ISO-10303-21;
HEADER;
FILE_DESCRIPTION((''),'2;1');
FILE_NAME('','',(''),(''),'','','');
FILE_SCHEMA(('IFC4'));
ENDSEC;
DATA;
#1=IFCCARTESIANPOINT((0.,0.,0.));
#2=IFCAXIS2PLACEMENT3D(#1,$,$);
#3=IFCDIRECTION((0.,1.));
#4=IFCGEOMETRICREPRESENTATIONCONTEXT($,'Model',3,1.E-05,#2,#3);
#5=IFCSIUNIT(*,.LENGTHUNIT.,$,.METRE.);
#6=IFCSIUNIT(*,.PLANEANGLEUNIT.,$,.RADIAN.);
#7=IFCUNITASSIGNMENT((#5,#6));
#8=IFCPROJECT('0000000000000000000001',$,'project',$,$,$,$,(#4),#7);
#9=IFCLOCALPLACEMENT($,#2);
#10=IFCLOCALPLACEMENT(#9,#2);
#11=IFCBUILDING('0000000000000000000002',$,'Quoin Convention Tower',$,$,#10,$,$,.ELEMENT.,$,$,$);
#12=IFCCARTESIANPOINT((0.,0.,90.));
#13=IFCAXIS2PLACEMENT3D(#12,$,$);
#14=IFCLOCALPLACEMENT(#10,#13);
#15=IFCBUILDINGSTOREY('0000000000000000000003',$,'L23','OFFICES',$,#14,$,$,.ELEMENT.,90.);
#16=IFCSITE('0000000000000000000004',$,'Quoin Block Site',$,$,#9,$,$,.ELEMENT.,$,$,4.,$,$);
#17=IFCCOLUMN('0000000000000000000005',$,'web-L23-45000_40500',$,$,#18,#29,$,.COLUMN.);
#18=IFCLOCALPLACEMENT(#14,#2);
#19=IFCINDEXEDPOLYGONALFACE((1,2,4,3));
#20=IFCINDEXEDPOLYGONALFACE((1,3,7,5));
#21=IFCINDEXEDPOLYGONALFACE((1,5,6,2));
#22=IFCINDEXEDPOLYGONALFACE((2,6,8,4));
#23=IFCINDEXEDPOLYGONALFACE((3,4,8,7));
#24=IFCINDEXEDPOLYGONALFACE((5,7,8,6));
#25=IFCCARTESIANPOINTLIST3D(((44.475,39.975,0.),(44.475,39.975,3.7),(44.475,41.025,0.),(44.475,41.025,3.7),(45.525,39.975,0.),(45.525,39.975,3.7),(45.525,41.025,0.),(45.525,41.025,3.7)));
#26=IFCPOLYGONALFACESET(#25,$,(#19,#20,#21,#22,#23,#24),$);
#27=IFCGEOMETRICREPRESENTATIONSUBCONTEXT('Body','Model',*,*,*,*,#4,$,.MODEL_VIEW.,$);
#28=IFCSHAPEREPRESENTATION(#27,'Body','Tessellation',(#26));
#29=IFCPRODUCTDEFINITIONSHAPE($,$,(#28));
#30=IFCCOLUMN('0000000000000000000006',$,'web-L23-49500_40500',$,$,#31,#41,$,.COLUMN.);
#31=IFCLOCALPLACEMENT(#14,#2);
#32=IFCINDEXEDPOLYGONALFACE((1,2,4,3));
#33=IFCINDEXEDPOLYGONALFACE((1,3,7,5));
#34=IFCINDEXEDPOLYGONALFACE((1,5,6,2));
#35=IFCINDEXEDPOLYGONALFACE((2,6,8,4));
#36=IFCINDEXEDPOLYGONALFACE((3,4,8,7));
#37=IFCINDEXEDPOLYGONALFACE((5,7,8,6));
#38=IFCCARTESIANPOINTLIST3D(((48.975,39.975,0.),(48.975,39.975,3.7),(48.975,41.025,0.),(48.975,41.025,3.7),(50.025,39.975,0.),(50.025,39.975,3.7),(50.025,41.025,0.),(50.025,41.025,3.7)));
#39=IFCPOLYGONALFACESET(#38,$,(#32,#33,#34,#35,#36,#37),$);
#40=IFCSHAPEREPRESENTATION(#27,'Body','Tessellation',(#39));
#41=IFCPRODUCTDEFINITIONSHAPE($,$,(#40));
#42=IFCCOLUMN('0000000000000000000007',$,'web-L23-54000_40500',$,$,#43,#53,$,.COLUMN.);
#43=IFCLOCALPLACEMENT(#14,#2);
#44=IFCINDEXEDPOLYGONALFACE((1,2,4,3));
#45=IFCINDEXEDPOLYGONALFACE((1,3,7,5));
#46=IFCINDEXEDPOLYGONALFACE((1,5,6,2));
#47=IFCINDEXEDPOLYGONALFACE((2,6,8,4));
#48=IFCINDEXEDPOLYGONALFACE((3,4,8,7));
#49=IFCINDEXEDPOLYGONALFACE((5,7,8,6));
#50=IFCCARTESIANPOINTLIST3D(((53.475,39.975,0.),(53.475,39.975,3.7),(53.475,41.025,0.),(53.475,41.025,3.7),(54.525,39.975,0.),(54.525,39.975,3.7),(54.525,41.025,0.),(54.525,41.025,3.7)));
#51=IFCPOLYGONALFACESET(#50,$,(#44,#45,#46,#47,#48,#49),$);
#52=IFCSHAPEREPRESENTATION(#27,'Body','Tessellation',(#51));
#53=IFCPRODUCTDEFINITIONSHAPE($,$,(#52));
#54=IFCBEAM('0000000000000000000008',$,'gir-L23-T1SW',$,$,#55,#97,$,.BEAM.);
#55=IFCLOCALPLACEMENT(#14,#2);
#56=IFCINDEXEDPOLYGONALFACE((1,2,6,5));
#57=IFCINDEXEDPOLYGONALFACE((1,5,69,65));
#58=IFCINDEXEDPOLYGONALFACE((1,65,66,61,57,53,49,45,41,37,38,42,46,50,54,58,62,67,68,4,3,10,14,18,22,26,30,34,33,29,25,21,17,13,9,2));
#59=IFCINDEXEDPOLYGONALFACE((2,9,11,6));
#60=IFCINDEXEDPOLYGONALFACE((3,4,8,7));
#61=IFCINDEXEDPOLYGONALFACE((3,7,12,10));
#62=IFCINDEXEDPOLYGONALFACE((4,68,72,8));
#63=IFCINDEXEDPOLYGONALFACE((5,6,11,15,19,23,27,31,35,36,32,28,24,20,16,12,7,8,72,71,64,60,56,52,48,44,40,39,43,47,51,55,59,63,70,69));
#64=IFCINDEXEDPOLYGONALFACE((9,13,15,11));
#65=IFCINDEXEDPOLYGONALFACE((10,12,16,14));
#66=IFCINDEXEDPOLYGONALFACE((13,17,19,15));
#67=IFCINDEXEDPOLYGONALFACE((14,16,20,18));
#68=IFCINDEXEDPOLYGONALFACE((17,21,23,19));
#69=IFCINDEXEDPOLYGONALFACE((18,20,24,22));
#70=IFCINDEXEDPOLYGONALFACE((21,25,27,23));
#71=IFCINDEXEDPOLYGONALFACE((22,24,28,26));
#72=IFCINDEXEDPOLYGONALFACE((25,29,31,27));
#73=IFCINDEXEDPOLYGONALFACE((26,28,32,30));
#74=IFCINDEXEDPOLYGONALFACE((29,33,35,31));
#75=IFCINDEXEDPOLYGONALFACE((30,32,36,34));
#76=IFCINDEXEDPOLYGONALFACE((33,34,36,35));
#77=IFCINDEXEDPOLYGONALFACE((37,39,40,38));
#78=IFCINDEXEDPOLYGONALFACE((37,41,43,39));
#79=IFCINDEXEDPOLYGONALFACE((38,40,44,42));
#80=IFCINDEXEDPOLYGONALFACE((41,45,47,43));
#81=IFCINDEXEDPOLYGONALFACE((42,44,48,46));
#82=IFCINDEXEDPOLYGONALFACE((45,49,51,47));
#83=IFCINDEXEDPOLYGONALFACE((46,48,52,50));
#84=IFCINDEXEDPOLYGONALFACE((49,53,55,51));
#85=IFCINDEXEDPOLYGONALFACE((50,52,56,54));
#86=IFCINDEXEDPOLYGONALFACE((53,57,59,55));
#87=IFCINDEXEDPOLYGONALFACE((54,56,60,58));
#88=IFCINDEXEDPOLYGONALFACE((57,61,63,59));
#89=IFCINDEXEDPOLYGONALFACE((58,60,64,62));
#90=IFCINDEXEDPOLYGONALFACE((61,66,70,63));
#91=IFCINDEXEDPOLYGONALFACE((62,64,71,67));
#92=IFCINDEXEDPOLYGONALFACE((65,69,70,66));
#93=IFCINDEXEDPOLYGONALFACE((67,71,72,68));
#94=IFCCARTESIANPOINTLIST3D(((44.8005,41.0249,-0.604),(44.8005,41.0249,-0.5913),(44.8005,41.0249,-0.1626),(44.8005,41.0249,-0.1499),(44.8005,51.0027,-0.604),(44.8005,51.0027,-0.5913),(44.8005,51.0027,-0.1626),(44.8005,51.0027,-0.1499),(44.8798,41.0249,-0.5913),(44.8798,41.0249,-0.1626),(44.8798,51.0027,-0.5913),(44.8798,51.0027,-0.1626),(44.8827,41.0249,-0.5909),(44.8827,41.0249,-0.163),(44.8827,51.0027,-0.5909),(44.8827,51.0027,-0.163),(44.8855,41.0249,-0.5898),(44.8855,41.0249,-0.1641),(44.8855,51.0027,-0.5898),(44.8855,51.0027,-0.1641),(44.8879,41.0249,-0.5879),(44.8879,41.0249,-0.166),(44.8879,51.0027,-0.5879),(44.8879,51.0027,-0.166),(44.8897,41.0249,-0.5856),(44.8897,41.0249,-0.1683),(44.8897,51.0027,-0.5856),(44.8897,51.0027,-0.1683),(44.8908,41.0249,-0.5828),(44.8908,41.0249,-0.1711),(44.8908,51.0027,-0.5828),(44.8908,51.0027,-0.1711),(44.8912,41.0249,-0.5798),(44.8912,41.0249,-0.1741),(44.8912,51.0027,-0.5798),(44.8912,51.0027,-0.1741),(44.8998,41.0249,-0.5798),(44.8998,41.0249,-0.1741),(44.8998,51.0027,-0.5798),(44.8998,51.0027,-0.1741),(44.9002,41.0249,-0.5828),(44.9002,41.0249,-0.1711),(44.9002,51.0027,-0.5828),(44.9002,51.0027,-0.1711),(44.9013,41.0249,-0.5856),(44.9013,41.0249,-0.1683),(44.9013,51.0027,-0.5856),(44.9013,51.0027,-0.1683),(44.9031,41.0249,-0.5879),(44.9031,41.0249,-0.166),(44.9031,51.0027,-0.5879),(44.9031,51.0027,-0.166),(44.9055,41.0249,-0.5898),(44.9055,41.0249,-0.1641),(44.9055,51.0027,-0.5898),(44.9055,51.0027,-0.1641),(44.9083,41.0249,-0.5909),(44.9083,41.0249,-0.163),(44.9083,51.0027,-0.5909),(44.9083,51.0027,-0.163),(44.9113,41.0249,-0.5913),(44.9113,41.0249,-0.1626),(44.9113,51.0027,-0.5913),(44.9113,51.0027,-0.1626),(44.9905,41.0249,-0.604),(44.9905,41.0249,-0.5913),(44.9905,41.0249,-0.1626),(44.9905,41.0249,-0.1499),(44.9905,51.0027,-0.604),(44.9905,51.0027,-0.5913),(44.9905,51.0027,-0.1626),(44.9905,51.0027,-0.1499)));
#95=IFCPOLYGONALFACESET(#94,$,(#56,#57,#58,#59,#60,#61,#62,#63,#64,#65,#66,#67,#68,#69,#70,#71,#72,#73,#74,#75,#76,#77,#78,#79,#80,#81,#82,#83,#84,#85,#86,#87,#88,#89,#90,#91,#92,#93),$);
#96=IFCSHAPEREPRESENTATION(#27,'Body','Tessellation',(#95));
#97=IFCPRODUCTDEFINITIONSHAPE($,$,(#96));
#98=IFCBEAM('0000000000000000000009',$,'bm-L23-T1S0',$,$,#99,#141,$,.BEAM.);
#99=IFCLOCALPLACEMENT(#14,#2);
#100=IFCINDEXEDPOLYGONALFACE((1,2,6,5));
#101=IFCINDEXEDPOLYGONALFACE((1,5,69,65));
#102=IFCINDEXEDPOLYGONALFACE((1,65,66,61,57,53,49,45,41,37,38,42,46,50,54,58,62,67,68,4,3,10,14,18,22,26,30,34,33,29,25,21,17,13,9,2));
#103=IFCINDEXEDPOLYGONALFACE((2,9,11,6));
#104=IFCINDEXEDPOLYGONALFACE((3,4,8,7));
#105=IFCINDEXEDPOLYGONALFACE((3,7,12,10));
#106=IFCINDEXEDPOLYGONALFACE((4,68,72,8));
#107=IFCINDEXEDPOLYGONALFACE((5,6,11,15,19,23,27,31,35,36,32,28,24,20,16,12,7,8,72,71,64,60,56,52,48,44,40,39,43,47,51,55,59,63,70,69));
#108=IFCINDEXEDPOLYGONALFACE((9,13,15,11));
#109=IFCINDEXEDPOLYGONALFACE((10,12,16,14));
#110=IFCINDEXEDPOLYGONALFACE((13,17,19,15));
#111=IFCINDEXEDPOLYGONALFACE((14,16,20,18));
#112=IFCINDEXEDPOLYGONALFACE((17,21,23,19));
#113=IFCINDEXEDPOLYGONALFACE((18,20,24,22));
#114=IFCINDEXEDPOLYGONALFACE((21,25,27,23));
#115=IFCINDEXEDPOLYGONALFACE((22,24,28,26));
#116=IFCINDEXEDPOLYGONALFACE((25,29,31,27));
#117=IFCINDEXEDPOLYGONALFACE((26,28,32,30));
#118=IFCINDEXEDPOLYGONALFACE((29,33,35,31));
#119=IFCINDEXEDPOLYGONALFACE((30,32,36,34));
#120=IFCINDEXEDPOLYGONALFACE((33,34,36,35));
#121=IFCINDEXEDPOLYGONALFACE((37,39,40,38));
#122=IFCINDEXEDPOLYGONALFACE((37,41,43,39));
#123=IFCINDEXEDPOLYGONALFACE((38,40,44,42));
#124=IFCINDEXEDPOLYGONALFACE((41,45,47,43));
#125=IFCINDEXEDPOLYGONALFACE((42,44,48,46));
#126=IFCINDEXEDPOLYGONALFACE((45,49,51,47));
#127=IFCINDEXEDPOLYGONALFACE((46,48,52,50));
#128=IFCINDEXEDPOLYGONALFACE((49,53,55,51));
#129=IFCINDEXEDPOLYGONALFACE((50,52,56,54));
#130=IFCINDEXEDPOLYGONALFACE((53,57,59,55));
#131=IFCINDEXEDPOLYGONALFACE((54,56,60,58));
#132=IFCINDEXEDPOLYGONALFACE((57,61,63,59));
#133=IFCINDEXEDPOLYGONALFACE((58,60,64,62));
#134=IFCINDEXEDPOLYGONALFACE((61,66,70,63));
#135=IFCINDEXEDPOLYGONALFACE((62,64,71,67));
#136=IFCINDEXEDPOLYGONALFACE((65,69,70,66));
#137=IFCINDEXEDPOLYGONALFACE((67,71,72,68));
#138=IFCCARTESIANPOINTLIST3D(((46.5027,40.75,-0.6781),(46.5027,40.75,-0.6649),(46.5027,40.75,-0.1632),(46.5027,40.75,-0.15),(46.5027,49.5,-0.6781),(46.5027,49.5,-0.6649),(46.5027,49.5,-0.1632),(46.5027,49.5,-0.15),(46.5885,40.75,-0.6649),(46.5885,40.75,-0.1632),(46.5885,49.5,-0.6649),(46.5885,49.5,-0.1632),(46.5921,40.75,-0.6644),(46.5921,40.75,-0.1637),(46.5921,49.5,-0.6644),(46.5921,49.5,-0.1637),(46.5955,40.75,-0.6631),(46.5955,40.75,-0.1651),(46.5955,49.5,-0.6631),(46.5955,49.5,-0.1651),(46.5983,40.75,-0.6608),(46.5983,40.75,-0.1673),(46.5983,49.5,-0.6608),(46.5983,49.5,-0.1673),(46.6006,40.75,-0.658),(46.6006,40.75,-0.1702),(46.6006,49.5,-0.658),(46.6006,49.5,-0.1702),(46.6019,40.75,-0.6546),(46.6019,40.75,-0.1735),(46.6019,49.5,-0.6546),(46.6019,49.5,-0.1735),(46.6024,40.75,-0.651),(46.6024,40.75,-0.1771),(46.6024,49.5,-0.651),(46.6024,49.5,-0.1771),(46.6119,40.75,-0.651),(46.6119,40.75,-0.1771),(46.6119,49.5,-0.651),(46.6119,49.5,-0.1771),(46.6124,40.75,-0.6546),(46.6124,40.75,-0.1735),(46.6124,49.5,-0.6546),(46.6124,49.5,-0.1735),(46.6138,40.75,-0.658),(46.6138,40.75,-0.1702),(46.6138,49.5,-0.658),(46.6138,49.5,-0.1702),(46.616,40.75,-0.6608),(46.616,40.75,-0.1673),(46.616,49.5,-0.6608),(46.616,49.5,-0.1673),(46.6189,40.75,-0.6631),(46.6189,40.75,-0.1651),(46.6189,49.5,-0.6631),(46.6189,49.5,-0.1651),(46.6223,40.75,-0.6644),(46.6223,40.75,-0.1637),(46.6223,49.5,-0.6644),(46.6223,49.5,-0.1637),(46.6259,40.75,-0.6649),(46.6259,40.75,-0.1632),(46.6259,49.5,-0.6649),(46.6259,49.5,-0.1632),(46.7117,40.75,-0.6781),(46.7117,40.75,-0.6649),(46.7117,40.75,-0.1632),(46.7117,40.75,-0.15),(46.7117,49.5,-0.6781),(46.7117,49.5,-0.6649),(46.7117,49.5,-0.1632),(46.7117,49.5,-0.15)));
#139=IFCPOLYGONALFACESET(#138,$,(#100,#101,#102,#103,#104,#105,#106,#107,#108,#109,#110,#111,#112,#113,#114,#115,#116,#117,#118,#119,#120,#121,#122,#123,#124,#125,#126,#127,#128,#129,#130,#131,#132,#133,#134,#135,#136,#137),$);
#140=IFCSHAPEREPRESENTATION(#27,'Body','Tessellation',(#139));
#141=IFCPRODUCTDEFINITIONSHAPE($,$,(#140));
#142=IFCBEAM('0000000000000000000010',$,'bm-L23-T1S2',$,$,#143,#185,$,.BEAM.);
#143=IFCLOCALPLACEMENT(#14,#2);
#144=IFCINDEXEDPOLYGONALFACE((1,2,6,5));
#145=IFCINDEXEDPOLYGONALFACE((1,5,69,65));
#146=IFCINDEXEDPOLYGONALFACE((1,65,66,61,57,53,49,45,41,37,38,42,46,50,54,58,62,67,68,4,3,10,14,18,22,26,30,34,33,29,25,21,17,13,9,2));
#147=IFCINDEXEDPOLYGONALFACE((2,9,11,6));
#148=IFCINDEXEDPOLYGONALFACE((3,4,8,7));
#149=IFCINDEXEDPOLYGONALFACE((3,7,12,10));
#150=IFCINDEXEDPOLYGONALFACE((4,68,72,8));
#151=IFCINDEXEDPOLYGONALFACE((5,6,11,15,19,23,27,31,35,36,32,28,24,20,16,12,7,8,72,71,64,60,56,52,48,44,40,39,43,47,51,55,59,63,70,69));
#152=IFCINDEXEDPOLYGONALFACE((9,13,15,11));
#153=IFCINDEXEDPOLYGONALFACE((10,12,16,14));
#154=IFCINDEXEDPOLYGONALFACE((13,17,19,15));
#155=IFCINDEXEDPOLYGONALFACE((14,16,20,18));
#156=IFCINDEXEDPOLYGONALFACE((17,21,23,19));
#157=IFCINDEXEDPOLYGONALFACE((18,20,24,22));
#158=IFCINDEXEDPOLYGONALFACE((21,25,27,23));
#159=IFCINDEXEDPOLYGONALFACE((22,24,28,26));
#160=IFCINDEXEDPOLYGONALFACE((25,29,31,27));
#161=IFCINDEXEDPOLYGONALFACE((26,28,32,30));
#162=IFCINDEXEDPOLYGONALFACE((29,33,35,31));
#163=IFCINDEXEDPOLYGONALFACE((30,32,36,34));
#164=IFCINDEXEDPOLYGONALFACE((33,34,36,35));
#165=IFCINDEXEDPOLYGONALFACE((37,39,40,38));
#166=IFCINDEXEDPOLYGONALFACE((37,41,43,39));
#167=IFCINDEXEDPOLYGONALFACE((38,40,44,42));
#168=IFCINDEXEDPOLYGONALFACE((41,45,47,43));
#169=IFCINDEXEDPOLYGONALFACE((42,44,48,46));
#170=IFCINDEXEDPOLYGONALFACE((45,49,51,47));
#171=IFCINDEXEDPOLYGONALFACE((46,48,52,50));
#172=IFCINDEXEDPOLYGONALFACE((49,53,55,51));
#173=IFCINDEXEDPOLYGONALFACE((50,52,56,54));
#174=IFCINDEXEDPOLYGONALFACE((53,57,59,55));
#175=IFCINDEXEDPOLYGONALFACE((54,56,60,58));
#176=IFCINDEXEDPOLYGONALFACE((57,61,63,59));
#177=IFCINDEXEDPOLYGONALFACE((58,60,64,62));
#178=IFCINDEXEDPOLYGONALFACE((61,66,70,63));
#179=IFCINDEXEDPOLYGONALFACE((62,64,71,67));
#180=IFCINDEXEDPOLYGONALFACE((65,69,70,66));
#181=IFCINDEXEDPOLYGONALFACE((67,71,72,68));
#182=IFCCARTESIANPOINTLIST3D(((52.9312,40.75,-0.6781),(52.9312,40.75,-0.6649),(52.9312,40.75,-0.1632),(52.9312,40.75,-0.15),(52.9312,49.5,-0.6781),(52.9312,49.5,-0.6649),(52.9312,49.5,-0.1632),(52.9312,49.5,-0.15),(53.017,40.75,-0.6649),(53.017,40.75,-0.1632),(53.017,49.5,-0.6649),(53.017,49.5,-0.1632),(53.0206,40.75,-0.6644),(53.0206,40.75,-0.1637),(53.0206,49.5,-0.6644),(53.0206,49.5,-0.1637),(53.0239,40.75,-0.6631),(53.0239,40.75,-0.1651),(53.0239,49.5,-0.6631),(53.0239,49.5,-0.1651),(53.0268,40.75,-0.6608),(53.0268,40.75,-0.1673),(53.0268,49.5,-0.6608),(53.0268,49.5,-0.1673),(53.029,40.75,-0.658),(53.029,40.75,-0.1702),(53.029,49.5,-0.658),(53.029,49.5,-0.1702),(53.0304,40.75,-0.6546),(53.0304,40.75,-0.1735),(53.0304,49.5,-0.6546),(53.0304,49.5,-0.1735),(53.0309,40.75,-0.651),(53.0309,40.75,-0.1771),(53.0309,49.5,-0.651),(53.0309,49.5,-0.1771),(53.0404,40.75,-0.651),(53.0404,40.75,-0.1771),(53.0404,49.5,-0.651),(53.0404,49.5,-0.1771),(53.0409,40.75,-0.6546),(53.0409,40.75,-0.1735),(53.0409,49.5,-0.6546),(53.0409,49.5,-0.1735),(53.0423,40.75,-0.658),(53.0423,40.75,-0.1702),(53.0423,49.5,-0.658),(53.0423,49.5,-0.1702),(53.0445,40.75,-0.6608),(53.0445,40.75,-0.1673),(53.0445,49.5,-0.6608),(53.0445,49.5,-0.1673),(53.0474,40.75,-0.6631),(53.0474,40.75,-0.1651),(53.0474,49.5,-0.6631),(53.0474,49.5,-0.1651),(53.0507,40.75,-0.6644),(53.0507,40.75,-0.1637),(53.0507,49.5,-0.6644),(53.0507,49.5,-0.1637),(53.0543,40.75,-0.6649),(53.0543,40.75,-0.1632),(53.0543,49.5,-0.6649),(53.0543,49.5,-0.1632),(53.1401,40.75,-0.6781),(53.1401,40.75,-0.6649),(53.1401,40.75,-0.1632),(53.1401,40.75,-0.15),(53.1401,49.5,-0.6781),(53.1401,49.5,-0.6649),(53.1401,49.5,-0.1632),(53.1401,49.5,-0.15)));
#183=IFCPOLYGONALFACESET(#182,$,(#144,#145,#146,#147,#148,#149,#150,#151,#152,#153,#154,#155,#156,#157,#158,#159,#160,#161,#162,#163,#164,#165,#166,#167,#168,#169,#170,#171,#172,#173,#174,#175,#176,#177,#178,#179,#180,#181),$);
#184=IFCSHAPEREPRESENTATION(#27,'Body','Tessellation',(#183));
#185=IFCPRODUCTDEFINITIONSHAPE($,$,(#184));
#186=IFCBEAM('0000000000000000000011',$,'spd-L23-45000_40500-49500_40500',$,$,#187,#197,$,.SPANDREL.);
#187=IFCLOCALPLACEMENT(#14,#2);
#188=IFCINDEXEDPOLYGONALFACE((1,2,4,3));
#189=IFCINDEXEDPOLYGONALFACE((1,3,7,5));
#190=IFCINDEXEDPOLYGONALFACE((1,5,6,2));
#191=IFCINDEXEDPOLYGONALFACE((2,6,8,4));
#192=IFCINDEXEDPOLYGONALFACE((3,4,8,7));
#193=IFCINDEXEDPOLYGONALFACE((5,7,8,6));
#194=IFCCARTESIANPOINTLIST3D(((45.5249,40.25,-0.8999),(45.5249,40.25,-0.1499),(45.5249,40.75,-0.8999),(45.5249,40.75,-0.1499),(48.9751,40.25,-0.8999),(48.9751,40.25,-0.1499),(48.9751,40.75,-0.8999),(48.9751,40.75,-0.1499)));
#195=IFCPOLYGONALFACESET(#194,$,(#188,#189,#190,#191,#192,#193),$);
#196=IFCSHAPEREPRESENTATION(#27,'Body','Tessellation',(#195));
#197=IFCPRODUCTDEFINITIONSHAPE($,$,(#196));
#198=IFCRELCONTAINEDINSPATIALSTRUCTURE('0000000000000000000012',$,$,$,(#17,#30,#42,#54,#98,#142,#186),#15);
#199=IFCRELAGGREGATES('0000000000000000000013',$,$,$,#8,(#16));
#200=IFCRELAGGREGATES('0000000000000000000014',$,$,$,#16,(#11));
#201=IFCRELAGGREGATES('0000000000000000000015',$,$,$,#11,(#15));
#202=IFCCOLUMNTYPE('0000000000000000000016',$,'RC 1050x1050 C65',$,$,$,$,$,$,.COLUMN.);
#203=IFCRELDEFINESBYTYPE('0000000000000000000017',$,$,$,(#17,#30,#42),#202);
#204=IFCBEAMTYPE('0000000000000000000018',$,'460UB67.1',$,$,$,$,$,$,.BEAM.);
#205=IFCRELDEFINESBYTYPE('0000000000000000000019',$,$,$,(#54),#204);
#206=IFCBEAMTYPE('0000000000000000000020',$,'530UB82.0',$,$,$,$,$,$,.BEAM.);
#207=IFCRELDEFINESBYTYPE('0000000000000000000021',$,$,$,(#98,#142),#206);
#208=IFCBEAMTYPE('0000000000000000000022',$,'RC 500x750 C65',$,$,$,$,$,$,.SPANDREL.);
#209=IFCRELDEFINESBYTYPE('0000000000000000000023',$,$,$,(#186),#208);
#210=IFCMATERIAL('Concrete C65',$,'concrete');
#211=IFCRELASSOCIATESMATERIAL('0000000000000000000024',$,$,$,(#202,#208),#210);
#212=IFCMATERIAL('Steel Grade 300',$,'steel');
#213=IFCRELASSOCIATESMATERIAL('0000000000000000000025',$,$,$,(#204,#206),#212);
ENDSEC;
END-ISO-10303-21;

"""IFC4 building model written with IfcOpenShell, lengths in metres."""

from ifc_helpers import new_model, si_unit, direction, frame, origin, origin_2d, place, context, subcontext, project, spatial, rectangle, i_section, extrude, material, material_profile, profile_set, type_object, element, save


model = new_model("IFC4")

# Units and contexts
model_context = context("Model", 3, precision=1e-05, world=origin(), true_north=direction((0.0, 1.0)))
body_context = subcontext(model_context, "Body", "Model", "MODEL_VIEW")
ifc_project = project(units=[si_unit("LENGTHUNIT", "METRE"), si_unit("PLANEANGLEUNIT", "RADIAN")], contexts=[model_context])

# Site, building, storey
site_placement = place(None, origin())
site = spatial("IfcSite", under=ifc_project, at=site_placement, Name="Quoin Block Site", CompositionType="ELEMENT", RefElevation=4.0)
building_placement = place(site_placement, origin())
building = spatial("IfcBuilding", under=site, at=building_placement, Name="Quoin Convention Tower", CompositionType="ELEMENT")
storey_placement = place(building_placement, frame((0.0, 0.0, 90.0)))
storey = spatial("IfcBuildingStorey", under=building, at=storey_placement, Name="L23", Description="OFFICES", CompositionType="ELEMENT", Elevation=90.0)

# Columns
ifc_material_1 = material(Name="Concrete C65", Category="concrete")
ifc_material_profile_1 = material_profile(ifc_material_1, rectangle(XDim=1.05, YDim=1.05, at=origin_2d()), Name="RC 1050x1050")
ifc_profile_set_1 = profile_set([ifc_material_profile_1], Name="Concrete C65")
column_type = type_object("IfcColumnType", Name="RC 1050x1050 C65", PredefinedType="COLUMN", material=ifc_profile_set_1)
for number, where, z_axis, x_axis, name in (
    (1, (45.0, 40.5, 0.0), (0.0, 0.0, 1.0), (1.0, 0.0, 0.0), "web-L23-45000_40500"),
    (2, (49.5, 40.5, 0.0), (0.0, 0.0, 1.0), (1.0, 0.0, 0.0), "web-L23-49500_40500"),
    (3, (54.0, 40.5, 0.0), (0.0, 0.0, 1.0), (1.0, 0.0, 0.0), "web-L23-54000_40500"),
):
    element("IfcColumn", number, at=place(storey_placement, frame(where, z_axis=z_axis, x_axis=x_axis)), inside=storey, type_object=column_type, Name=name, PredefinedType="COLUMN", context=body_context, shape_type="SweptSolid", body=[
        extrude(rectangle(XDim=1.05, YDim=1.05, at=origin_2d()), origin(), (0.0, 0.0, 1.0), 3.7),
    ])

# Beams
ifc_material_2 = material(Name="Steel Grade 300", Category="steel")
ifc_material_profile_2 = material_profile(ifc_material_2, i_section(OverallWidth=0.1899, OverallDepth=0.4541, WebThickness=0.0085, FlangeThickness=0.0127, FilletRadius=0.0115, at=origin_2d()), Name="460UB67.1")
ifc_profile_set_2 = profile_set([ifc_material_profile_2], Name="Steel Grade 300")
beam_type_1 = type_object("IfcBeamType", Name="460UB67.1", PredefinedType="BEAM", material=ifc_profile_set_2)
beam_placement = place(storey_placement, frame((44.8955, 41.0249, -0.377), z_axis=(0.0, 1.0, 0.0), x_axis=(-1.0, 0.0, 0.0)))
element("IfcBeam", 4, at=beam_placement, inside=storey, type_object=beam_type_1, Name="gir-L23-T1SW", PredefinedType="BEAM", context=body_context, shape_type="SweptSolid", body=[
    extrude(i_section(OverallWidth=0.1899, OverallDepth=0.4541, WebThickness=0.0085, FlangeThickness=0.0127, FilletRadius=0.0115, at=origin_2d()), origin(), (0.0, 0.0, 1.0), 9.9778),
])
ifc_material_profile_3 = material_profile(ifc_material_2, i_section(OverallWidth=0.209, OverallDepth=0.5281, WebThickness=0.0095, FlangeThickness=0.0132, FilletRadius=0.0139, at=origin_2d()), Name="530UB82.0")
ifc_profile_set_3 = profile_set([ifc_material_profile_3], Name="Steel Grade 300")
beam_type_2 = type_object("IfcBeamType", Name="530UB82.0", PredefinedType="BEAM", material=ifc_profile_set_3)
for number, where, z_axis, x_axis, name in (
    (5, (46.6072, 40.75, -0.4141), (0.0, 1.0, 0.0), (-1.0, 0.0, 0.0), "bm-L23-T1S0"),
    (6, (53.0356, 40.75, -0.4141), (0.0, 1.0, 0.0), (-1.0, 0.0, 0.0), "bm-L23-T1S2"),
):
    element("IfcBeam", number, at=place(storey_placement, frame(where, z_axis=z_axis, x_axis=x_axis)), inside=storey, type_object=beam_type_2, Name=name, PredefinedType="BEAM", context=body_context, shape_type="SweptSolid", body=[
        extrude(i_section(OverallWidth=0.209, OverallDepth=0.5281, WebThickness=0.0095, FlangeThickness=0.0132, FilletRadius=0.0139, at=origin_2d()), origin(), (0.0, 0.0, 1.0), 8.75),
    ])
ifc_material_profile_4 = material_profile(ifc_material_1, rectangle(XDim=0.5, YDim=0.75, at=origin_2d()), Name="RC 500x750")
ifc_profile_set_4 = profile_set([ifc_material_profile_4], Name="Concrete C65")
beam_type_3 = type_object("IfcBeamType", Name="RC 500x750 C65", PredefinedType="SPANDREL", material=ifc_profile_set_4)
for number, where, z_axis, x_axis, name in (
    (7, (45.5249, 40.5, -0.5249), (1.0, 0.0, 0.0), (0.0, 1.0, 0.0), "spd-L23-45000_40500-49500_40500"),
):
    element("IfcBeam", number, at=place(storey_placement, frame(where, z_axis=z_axis, x_axis=x_axis)), inside=storey, type_object=beam_type_3, Name=name, PredefinedType="SPANDREL", context=body_context, shape_type="SweptSolid", body=[
        extrude(rectangle(XDim=0.5, YDim=0.75, at=origin_2d()), origin(), (0.0, 0.0, 1.0), 3.4502),
    ])

save(model, "model.ifc")
